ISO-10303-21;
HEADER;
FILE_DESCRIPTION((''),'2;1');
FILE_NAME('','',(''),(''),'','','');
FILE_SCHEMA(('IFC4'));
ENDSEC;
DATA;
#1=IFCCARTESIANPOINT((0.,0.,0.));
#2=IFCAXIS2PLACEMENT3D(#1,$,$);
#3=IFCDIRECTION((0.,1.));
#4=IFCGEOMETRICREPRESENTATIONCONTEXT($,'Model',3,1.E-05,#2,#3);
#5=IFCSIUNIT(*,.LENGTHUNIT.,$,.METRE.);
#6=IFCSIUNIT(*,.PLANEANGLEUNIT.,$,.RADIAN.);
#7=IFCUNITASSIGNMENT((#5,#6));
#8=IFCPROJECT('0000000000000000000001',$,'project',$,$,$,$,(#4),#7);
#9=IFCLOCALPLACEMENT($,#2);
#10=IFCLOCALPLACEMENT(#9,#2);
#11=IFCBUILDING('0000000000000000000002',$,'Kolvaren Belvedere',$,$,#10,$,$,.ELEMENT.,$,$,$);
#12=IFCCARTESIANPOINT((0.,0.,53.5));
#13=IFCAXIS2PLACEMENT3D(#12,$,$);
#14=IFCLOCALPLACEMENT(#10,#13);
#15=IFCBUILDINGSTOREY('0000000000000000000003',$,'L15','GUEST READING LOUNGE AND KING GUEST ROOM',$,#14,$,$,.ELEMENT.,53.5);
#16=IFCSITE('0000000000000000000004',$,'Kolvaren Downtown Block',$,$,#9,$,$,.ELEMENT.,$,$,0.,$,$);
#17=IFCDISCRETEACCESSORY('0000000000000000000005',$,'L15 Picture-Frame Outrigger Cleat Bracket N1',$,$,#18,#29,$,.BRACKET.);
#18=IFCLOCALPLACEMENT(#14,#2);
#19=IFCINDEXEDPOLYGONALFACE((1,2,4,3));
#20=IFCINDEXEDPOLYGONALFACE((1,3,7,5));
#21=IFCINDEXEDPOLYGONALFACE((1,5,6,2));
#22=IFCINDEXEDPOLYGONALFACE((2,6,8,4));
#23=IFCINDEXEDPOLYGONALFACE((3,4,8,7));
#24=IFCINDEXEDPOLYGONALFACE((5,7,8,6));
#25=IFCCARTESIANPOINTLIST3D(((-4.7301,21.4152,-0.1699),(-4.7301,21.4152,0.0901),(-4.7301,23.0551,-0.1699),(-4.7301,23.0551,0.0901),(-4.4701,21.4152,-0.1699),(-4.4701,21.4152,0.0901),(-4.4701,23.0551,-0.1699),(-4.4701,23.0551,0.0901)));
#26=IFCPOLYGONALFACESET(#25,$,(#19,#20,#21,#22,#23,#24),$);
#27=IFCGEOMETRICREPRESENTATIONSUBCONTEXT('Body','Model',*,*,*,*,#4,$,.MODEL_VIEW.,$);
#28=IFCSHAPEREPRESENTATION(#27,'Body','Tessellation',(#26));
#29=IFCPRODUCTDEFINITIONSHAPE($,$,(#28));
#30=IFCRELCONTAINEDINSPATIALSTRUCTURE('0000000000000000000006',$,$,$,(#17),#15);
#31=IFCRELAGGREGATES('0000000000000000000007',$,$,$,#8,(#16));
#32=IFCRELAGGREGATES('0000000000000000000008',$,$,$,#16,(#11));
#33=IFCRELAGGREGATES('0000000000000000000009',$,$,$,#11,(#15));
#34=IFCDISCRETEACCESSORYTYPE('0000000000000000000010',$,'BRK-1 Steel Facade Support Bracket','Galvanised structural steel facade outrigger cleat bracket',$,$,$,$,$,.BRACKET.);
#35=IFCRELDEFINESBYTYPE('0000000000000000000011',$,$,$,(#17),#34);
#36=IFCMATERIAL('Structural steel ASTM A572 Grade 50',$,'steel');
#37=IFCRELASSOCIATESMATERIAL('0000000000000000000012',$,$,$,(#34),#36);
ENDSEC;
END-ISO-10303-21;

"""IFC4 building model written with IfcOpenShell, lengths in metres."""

from ifc_helpers import new_model, si_unit, direction, frame, origin, origin_2d, place, context, subcontext, project, spatial, rectangle, extrude, material, type_object, element, save


model = new_model("IFC4")

# Units and contexts
model_context = context("Model", 3, precision=1e-05, world=origin(), true_north=direction((0.0, 1.0)))
body_context = subcontext(model_context, "Body", "Model", "MODEL_VIEW")
ifc_project = project(units=[si_unit("LENGTHUNIT", "METRE"), si_unit("PLANEANGLEUNIT", "RADIAN")], contexts=[model_context])

# Site, building, storey
site_placement = place(None, origin())
site = spatial("IfcSite", under=ifc_project, at=site_placement, Name="Kolvaren Downtown Block", CompositionType="ELEMENT", RefElevation=0.0)
building_placement = place(site_placement, origin())
building = spatial("IfcBuilding", under=site, at=building_placement, Name="Kolvaren Belvedere", CompositionType="ELEMENT")
storey_placement = place(building_placement, frame((0.0, 0.0, 53.5)))
storey = spatial("IfcBuildingStorey", under=building, at=storey_placement, Name="L15", Description="GUEST READING LOUNGE AND KING GUEST ROOM", CompositionType="ELEMENT", Elevation=53.5)

# Discrete accessory
ifc_material_1 = material(Name="Structural steel ASTM A572 Grade 50", Category="steel")
discrete_accessory_type = type_object("IfcDiscreteAccessoryType", Name="BRK-1 Steel Facade Support Bracket", Description="Galvanised structural steel facade outrigger cleat bracket", PredefinedType="BRACKET", material=ifc_material_1)
discrete_accessory_placement = place(storey_placement, frame((-4.6001, 22.2351, -0.1699), z_axis=(0.0, 0.0, 1.0), x_axis=(0.0, 1.0, 0.0)))
element("IfcDiscreteAccessory", 1, at=discrete_accessory_placement, inside=storey, type_object=discrete_accessory_type, Name="L15 Picture-Frame Outrigger Cleat Bracket N1", PredefinedType="BRACKET", context=body_context, shape_type="SweptSolid", body=[
    extrude(rectangle(XDim=1.6399, YDim=0.26, at=origin_2d()), origin(), (0.0, 0.0, 1.0), 0.26),
])

save(model, "model.ifc")
